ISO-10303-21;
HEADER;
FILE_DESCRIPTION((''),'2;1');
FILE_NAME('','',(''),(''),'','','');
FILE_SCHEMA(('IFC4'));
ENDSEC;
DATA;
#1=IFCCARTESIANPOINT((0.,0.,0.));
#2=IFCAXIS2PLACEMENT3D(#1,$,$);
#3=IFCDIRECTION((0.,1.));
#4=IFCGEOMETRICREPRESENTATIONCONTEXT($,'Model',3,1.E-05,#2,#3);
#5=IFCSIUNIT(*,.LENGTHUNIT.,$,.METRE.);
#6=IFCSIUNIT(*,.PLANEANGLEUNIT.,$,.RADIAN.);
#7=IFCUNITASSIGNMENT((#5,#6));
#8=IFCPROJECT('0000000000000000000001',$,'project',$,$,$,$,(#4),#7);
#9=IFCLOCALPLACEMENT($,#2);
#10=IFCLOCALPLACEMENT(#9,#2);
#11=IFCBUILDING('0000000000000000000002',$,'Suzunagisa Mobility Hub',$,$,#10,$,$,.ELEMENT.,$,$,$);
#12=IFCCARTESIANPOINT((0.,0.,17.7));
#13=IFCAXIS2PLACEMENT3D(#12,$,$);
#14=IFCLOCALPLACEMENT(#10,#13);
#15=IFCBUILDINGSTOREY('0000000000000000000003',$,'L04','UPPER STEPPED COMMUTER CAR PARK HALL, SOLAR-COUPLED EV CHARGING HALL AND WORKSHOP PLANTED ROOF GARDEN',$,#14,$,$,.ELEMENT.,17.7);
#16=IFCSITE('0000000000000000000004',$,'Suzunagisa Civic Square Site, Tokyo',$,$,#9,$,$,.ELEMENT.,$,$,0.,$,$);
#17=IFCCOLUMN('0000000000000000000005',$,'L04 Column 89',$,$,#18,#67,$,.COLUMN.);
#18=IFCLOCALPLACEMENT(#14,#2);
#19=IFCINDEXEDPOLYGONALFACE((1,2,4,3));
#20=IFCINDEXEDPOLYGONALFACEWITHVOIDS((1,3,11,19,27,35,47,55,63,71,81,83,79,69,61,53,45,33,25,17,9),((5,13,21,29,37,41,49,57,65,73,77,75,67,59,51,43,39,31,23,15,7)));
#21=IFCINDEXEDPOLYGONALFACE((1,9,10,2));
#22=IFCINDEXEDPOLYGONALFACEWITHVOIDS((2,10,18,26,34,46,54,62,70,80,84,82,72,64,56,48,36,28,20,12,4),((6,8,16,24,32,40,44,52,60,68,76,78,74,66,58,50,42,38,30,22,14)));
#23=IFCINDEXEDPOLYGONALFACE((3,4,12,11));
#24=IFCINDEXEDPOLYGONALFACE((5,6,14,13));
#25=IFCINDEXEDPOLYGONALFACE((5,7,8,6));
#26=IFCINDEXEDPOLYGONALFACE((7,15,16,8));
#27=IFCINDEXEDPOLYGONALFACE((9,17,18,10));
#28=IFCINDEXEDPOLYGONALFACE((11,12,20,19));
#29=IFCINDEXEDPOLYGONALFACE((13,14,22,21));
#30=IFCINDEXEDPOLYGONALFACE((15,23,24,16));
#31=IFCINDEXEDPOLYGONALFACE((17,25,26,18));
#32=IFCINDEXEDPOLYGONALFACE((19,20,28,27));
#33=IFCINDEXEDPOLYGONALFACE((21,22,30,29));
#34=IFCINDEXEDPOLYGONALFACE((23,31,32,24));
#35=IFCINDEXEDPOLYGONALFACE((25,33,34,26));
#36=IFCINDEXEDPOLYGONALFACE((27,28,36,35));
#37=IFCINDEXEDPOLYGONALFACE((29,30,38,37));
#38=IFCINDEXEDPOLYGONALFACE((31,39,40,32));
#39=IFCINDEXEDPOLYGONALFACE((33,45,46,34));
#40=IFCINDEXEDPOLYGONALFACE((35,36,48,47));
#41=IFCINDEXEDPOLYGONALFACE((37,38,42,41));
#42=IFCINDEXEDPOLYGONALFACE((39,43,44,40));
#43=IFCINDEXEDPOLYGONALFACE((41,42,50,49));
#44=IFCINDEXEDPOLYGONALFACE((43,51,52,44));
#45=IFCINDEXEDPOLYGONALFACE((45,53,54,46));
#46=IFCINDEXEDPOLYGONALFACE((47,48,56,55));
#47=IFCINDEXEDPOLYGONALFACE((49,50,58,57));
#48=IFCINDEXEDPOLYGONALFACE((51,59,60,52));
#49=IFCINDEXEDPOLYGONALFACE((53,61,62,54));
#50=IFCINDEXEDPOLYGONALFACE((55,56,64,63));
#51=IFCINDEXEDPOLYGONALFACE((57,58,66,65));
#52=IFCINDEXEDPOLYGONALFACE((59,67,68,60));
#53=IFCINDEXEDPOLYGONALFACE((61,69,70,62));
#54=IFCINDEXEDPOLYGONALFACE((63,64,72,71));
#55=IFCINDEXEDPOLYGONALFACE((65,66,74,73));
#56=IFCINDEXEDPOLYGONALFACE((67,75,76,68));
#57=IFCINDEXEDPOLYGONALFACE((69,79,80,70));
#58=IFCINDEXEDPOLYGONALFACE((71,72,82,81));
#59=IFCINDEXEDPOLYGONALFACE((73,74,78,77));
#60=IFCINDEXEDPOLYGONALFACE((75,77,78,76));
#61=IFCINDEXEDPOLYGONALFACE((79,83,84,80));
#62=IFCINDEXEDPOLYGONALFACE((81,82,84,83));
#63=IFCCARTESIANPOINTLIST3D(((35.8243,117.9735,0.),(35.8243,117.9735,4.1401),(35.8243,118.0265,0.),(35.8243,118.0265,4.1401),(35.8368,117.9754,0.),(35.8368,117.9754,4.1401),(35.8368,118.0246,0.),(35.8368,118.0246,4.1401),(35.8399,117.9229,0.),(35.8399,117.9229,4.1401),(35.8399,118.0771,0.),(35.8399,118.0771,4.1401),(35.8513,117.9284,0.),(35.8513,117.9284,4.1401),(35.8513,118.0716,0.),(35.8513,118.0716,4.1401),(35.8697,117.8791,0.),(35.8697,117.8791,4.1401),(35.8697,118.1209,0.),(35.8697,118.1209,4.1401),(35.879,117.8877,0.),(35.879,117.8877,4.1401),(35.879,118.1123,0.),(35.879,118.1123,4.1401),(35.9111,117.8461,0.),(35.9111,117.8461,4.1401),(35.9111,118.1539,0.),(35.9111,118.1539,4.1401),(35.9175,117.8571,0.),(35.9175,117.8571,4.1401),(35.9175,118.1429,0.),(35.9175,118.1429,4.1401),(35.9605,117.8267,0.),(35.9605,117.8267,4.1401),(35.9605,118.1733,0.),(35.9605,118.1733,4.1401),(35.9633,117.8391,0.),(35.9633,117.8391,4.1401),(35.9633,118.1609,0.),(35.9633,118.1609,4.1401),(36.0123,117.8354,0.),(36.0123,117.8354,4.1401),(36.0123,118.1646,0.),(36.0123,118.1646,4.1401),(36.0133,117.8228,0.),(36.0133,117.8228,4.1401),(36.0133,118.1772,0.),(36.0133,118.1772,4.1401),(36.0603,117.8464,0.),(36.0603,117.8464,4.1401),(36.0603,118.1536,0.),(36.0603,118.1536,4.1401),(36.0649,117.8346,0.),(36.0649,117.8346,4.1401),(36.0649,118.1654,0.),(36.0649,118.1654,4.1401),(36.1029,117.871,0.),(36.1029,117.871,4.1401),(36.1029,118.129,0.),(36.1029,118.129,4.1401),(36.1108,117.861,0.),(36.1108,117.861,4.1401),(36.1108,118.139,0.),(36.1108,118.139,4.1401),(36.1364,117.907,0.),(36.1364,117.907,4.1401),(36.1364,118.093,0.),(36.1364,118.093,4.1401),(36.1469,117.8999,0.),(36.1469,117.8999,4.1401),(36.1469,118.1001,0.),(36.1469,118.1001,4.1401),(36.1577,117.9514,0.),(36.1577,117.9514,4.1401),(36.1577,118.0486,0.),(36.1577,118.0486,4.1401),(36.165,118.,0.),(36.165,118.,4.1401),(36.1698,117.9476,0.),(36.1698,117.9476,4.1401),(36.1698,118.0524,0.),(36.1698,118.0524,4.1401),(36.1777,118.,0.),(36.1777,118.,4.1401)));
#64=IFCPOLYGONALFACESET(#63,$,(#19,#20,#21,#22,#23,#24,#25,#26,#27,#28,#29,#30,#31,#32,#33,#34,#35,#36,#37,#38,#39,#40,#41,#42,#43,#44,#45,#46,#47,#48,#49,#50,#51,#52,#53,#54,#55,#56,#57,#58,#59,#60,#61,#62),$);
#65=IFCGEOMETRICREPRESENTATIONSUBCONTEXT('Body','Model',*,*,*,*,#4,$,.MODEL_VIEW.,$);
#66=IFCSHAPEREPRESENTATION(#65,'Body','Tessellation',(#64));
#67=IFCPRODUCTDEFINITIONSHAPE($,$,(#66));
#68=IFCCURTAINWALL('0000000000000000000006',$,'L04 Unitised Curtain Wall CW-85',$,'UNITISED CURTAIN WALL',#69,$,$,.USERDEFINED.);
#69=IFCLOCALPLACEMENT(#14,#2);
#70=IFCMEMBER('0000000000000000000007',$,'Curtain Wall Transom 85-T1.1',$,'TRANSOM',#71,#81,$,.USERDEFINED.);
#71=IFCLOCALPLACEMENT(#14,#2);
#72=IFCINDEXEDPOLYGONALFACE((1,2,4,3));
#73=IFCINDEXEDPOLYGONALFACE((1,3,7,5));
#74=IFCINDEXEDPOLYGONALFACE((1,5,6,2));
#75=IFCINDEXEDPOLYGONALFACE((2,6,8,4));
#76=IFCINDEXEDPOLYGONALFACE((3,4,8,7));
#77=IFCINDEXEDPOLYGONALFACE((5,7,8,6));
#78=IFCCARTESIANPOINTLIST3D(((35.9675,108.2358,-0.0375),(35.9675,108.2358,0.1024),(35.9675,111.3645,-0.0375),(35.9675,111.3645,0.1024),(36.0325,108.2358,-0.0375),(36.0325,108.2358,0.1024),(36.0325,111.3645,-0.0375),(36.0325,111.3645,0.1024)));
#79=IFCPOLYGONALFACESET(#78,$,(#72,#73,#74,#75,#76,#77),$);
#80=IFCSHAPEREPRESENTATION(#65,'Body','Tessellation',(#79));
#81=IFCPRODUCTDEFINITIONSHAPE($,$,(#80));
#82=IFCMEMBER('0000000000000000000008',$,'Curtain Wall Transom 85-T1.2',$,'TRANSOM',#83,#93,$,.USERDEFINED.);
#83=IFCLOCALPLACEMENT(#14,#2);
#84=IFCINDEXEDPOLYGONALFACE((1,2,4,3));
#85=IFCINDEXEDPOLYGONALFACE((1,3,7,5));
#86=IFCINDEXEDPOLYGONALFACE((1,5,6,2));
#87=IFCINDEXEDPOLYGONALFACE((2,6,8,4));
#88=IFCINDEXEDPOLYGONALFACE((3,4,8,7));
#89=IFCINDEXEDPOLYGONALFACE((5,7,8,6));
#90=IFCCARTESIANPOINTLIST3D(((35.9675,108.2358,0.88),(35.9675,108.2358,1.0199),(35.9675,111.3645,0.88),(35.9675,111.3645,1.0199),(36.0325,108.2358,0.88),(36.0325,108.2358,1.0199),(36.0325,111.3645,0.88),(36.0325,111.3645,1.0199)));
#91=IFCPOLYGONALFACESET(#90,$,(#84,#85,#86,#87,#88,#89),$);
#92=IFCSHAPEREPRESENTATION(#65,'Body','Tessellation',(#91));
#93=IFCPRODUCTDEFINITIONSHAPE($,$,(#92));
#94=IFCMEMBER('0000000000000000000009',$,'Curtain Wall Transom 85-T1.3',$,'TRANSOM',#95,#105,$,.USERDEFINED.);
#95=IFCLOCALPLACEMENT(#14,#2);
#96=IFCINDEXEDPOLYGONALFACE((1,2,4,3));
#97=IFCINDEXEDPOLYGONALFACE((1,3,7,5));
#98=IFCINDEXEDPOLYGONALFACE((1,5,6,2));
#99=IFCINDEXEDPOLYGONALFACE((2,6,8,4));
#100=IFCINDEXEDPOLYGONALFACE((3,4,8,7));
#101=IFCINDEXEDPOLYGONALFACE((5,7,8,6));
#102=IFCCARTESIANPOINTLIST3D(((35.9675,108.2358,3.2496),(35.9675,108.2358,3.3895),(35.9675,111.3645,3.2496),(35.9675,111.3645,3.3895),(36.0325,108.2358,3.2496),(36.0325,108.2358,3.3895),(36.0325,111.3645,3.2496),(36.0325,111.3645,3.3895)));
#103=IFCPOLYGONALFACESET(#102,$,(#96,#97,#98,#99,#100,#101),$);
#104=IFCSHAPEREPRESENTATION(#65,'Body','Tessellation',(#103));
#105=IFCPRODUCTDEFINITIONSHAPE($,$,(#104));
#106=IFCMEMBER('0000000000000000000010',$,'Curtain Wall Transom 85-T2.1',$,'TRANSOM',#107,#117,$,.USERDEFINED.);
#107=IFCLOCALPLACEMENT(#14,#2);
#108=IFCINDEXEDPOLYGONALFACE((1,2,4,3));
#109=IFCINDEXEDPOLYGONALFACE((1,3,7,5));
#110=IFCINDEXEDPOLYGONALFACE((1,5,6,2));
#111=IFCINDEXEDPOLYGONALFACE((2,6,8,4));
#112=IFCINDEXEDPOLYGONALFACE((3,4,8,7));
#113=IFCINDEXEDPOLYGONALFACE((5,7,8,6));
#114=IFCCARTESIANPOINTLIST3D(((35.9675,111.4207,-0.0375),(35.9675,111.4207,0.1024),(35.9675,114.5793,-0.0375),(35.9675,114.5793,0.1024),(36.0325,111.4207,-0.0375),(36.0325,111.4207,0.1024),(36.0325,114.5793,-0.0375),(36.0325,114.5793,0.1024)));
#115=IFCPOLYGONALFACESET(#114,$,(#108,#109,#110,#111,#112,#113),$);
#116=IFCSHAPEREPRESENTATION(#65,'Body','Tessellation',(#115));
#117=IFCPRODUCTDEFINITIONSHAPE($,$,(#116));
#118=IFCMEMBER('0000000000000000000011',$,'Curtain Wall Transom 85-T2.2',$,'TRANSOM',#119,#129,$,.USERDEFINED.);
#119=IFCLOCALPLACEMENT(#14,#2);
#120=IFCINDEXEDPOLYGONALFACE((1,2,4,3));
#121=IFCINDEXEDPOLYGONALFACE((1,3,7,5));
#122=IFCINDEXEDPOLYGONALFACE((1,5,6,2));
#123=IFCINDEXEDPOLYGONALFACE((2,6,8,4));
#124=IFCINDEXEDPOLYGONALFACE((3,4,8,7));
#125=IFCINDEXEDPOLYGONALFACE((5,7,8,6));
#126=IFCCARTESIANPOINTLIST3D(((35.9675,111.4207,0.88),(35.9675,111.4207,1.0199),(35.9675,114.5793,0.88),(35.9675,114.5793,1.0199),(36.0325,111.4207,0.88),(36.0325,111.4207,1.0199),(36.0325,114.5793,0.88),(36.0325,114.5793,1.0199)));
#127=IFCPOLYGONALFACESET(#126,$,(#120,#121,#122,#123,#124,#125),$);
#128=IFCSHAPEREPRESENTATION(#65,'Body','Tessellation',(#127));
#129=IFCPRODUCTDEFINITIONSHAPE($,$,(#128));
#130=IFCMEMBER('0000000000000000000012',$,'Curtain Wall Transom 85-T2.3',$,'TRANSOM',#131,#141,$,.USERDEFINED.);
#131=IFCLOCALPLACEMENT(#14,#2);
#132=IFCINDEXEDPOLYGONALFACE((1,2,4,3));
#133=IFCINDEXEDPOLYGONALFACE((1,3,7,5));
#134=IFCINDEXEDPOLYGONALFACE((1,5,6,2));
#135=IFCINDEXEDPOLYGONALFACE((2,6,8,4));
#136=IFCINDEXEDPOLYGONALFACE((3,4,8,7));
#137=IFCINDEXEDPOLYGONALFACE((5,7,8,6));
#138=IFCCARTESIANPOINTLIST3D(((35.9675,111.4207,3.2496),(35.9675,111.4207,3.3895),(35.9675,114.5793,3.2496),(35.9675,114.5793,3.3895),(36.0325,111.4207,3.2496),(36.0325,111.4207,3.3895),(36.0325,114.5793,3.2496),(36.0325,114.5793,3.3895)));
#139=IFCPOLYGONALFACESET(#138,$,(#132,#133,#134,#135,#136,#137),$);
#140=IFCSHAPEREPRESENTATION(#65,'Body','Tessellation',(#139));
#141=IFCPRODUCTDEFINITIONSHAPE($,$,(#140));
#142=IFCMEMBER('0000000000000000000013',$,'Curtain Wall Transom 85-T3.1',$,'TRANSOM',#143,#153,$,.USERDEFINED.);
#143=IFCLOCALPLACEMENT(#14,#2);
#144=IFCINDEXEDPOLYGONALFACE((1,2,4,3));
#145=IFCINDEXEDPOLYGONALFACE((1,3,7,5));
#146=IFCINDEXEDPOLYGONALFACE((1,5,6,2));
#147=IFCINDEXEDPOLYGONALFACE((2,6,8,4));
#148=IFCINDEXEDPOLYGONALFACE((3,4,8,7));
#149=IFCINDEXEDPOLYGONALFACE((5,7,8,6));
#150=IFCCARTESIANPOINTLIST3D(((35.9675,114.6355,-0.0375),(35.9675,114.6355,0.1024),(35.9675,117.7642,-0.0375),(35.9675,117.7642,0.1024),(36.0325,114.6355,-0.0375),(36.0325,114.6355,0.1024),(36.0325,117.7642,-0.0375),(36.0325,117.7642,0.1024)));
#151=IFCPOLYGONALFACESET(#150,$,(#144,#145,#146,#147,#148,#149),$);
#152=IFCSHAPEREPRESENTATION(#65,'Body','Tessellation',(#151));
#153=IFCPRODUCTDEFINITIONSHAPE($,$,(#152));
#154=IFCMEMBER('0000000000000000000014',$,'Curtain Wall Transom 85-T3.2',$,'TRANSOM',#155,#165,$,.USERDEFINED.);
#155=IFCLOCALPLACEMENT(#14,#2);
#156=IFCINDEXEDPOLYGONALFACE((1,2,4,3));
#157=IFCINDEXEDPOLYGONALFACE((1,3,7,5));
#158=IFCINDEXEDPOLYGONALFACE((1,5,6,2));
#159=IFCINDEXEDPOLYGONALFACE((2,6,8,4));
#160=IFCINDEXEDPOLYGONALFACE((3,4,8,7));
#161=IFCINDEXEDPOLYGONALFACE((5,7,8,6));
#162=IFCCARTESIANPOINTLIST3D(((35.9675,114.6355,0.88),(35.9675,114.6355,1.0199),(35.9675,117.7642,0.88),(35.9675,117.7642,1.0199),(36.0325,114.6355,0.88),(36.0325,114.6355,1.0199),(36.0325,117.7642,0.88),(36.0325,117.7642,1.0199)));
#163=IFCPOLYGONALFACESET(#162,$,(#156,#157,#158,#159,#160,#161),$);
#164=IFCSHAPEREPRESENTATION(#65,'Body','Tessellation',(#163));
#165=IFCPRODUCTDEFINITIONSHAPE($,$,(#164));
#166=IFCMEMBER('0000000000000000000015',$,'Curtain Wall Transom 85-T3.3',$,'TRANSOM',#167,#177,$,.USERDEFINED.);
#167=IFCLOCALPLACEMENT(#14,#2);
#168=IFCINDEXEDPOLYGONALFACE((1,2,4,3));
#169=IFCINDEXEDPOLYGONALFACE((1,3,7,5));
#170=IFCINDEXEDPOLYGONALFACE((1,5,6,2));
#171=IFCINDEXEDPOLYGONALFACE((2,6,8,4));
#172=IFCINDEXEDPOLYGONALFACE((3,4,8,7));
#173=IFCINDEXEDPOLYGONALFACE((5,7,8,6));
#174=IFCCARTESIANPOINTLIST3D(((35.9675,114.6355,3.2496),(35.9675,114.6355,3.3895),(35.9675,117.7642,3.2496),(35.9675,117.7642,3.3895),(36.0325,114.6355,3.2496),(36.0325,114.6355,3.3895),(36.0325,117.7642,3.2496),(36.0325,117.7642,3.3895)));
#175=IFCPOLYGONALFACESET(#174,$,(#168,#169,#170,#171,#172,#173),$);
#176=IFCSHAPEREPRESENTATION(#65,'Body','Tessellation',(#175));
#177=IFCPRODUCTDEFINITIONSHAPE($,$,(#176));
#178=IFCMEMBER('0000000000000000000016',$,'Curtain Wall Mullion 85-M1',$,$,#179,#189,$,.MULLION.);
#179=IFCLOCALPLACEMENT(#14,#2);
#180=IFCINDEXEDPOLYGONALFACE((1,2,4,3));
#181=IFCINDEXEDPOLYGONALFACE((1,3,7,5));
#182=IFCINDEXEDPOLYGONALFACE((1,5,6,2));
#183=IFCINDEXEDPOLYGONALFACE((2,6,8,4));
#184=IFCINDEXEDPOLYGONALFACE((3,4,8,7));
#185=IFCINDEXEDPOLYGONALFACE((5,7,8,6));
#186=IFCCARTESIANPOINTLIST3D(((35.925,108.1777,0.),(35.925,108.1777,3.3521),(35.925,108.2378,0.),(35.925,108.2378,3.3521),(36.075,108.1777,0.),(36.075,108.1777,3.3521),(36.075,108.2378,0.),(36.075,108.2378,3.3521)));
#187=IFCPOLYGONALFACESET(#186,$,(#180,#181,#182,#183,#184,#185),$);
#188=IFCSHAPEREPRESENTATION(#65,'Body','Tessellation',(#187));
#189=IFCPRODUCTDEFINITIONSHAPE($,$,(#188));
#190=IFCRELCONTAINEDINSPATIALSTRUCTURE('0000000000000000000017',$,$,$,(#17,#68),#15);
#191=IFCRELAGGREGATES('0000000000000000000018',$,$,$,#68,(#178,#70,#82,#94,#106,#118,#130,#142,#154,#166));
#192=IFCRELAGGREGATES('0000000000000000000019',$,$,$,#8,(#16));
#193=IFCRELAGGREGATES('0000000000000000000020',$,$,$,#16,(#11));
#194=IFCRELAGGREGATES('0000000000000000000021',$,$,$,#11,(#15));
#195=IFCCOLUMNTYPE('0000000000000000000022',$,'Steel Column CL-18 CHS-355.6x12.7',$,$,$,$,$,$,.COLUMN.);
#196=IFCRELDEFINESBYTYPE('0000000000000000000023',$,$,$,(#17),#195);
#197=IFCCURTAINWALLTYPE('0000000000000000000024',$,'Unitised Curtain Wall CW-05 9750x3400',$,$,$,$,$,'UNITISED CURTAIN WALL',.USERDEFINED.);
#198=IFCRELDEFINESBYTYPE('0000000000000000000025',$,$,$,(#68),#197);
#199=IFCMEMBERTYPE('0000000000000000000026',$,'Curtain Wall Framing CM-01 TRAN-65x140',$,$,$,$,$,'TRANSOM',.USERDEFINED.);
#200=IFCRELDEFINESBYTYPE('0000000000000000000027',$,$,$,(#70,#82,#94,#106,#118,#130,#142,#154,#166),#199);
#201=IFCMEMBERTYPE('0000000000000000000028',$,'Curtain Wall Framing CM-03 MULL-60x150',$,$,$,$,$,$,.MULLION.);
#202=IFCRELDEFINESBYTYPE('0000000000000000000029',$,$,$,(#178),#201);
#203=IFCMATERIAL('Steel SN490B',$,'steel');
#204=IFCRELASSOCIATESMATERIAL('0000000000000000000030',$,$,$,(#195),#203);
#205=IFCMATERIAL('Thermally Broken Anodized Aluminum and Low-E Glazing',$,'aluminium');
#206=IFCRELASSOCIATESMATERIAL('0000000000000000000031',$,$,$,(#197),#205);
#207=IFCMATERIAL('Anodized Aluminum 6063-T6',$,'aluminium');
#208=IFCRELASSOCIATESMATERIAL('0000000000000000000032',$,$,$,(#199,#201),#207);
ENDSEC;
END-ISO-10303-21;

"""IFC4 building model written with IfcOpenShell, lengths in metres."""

from ifc_helpers import new_model, si_unit, direction, frame, origin, origin_2d, place, context, subcontext, project, spatial, rectangle, hollow_circle, extrude, material, material_profile, profile_set, type_object, element, aggregate, save


model = new_model("IFC4")

# Units and contexts
model_context = context("Model", 3, precision=1e-05, world=origin(), true_north=direction((0.0, 1.0)))
body_context = subcontext(model_context, "Body", "Model", "MODEL_VIEW")
ifc_project = project(units=[si_unit("LENGTHUNIT", "METRE"), si_unit("PLANEANGLEUNIT", "RADIAN")], contexts=[model_context])

# Site, building, storey
site_placement = place(None, origin())
site = spatial("IfcSite", under=ifc_project, at=site_placement, Name="Suzunagisa Civic Square Site, Tokyo", CompositionType="ELEMENT", RefElevation=0.0)
building_placement = place(site_placement, origin())
building = spatial("IfcBuilding", under=site, at=building_placement, Name="Suzunagisa Mobility Hub", CompositionType="ELEMENT")
storey_placement = place(building_placement, frame((0.0, 0.0, 17.7)))
storey = spatial("IfcBuildingStorey", under=building, at=storey_placement, Name="L04", Description="UPPER STEPPED COMMUTER CAR PARK HALL, SOLAR-COUPLED EV CHARGING HALL AND WORKSHOP PLANTED ROOF GARDEN", CompositionType="ELEMENT", Elevation=17.7)

# Column
ifc_material_1 = material(Name="Steel SN490B", Category="steel")
ifc_material_profile_1 = material_profile(ifc_material_1, hollow_circle(Radius=0.1777, WallThickness=0.0127, at=origin_2d()), Name="CHS-355.6x12.7")
ifc_profile_set_1 = profile_set([ifc_material_profile_1], Name="Steel SN490B")
column_type = type_object("IfcColumnType", Name="Steel Column CL-18 CHS-355.6x12.7", PredefinedType="COLUMN", material=ifc_profile_set_1)
column_placement = place(storey_placement, frame((36.0, 118.0, 0.0), z_axis=(0.0, 0.0, 1.0), x_axis=(1.0, 0.0, 0.0)))
element("IfcColumn", 1, at=column_placement, inside=storey, type_object=column_type, Name="L04 Column 89", PredefinedType="COLUMN", context=body_context, shape_type="SweptSolid", body=[
    extrude(hollow_circle(Radius=0.1777, WallThickness=0.0127, at=origin_2d()), origin(), (0.0, 0.0, 1.0), 4.1401),
])

# Curtain wall, members
ifc_material_2 = material(Name="Thermally Broken Anodized Aluminum and Low-E Glazing", Category="aluminium")
curtain_wall_type = type_object("IfcCurtainWallType", Name="Unitised Curtain Wall CW-05 9750x3400", ElementType="UNITISED CURTAIN WALL", PredefinedType="USERDEFINED", material=ifc_material_2)
curtain_wall_placement = place(storey_placement, origin())
curtain_wall = element("IfcCurtainWall", 2, at=curtain_wall_placement, inside=storey, type_object=curtain_wall_type, Name="L04 Unitised Curtain Wall CW-85", ObjectType="UNITISED CURTAIN WALL", PredefinedType="USERDEFINED")
ifc_material_3 = material(Name="Anodized Aluminum 6063-T6", Category="aluminium")
ifc_material_profile_2 = material_profile(ifc_material_3, rectangle(XDim=0.0649, YDim=0.1399, at=origin_2d()), Name="TRAN-65x140")
ifc_profile_set_2 = profile_set([ifc_material_profile_2], Name="Anodized Aluminum 6063-T6")
member_type_1 = type_object("IfcMemberType", Name="Curtain Wall Framing CM-01 TRAN-65x140", ElementType="TRANSOM", PredefinedType="USERDEFINED", material=ifc_profile_set_2)
member_1_placement = place(storey_placement, frame((36.0, 108.2358, 0.0325), z_axis=(0.0, 1.0, 0.0), x_axis=(-1.0, 0.0, 0.0)))
member_1 = element("IfcMember", 3, at=member_1_placement, type_object=member_type_1, Name="Curtain Wall Transom 85-T1.1", ObjectType="TRANSOM", PredefinedType="USERDEFINED", context=body_context, shape_type="SweptSolid", body=[
    extrude(rectangle(XDim=0.0649, YDim=0.1399, at=origin_2d()), origin(), (0.0, 0.0, 1.0), 3.1287),
])
member_2_placement = place(storey_placement, frame((36.0, 108.2358, 0.95), z_axis=(0.0, 1.0, 0.0), x_axis=(-1.0, 0.0, 0.0)))
member_2 = element("IfcMember", 4, at=member_2_placement, type_object=member_type_1, Name="Curtain Wall Transom 85-T1.2", ObjectType="TRANSOM", PredefinedType="USERDEFINED", context=body_context, shape_type="SweptSolid", body=[
    extrude(rectangle(XDim=0.0649, YDim=0.1399, at=origin_2d()), origin(), (0.0, 0.0, 1.0), 3.1287),
])
member_3_placement = place(storey_placement, frame((36.0, 108.2358, 3.3196), z_axis=(0.0, 1.0, 0.0), x_axis=(-1.0, 0.0, 0.0)))
member_3 = element("IfcMember", 5, at=member_3_placement, type_object=member_type_1, Name="Curtain Wall Transom 85-T1.3", ObjectType="TRANSOM", PredefinedType="USERDEFINED", context=body_context, shape_type="SweptSolid", body=[
    extrude(rectangle(XDim=0.0649, YDim=0.1399, at=origin_2d()), origin(), (0.0, 0.0, 1.0), 3.1287),
])
member_4_placement = place(storey_placement, frame((36.0, 111.4207, 0.0325), z_axis=(0.0, 1.0, 0.0), x_axis=(-1.0, 0.0, 0.0)))
member_4 = element("IfcMember", 6, at=member_4_placement, type_object=member_type_1, Name="Curtain Wall Transom 85-T2.1", ObjectType="TRANSOM", PredefinedType="USERDEFINED", context=body_context, shape_type="SweptSolid", body=[
    extrude(rectangle(XDim=0.0649, YDim=0.1399, at=origin_2d()), origin(), (0.0, 0.0, 1.0), 3.1587),
])
member_5_placement = place(storey_placement, frame((36.0, 111.4207, 0.95), z_axis=(0.0, 1.0, 0.0), x_axis=(-1.0, 0.0, 0.0)))
member_5 = element("IfcMember", 7, at=member_5_placement, type_object=member_type_1, Name="Curtain Wall Transom 85-T2.2", ObjectType="TRANSOM", PredefinedType="USERDEFINED", context=body_context, shape_type="SweptSolid", body=[
    extrude(rectangle(XDim=0.0649, YDim=0.1399, at=origin_2d()), origin(), (0.0, 0.0, 1.0), 3.1587),
])
member_6_placement = place(storey_placement, frame((36.0, 111.4207, 3.3196), z_axis=(0.0, 1.0, 0.0), x_axis=(-1.0, 0.0, 0.0)))
member_6 = element("IfcMember", 8, at=member_6_placement, type_object=member_type_1, Name="Curtain Wall Transom 85-T2.3", ObjectType="TRANSOM", PredefinedType="USERDEFINED", context=body_context, shape_type="SweptSolid", body=[
    extrude(rectangle(XDim=0.0649, YDim=0.1399, at=origin_2d()), origin(), (0.0, 0.0, 1.0), 3.1587),
])
member_7_placement = place(storey_placement, frame((36.0, 114.6355, 0.0325), z_axis=(0.0, 1.0, 0.0), x_axis=(-1.0, 0.0, 0.0)))
member_7 = element("IfcMember", 9, at=member_7_placement, type_object=member_type_1, Name="Curtain Wall Transom 85-T3.1", ObjectType="TRANSOM", PredefinedType="USERDEFINED", context=body_context, shape_type="SweptSolid", body=[
    extrude(rectangle(XDim=0.0649, YDim=0.1399, at=origin_2d()), origin(), (0.0, 0.0, 1.0), 3.1287),
])
member_8_placement = place(storey_placement, frame((36.0, 114.6355, 0.95), z_axis=(0.0, 1.0, 0.0), x_axis=(-1.0, 0.0, 0.0)))
member_8 = element("IfcMember", 10, at=member_8_placement, type_object=member_type_1, Name="Curtain Wall Transom 85-T3.2", ObjectType="TRANSOM", PredefinedType="USERDEFINED", context=body_context, shape_type="SweptSolid", body=[
    extrude(rectangle(XDim=0.0649, YDim=0.1399, at=origin_2d()), origin(), (0.0, 0.0, 1.0), 3.1287),
])
member_9_placement = place(storey_placement, frame((36.0, 114.6355, 3.3196), z_axis=(0.0, 1.0, 0.0), x_axis=(-1.0, 0.0, 0.0)))
member_9 = element("IfcMember", 11, at=member_9_placement, type_object=member_type_1, Name="Curtain Wall Transom 85-T3.3", ObjectType="TRANSOM", PredefinedType="USERDEFINED", context=body_context, shape_type="SweptSolid", body=[
    extrude(rectangle(XDim=0.0649, YDim=0.1399, at=origin_2d()), origin(), (0.0, 0.0, 1.0), 3.1287),
])
ifc_material_profile_3 = material_profile(ifc_material_3, rectangle(XDim=0.0601, YDim=0.1499, at=origin_2d()), Name="MULL-60x150")
ifc_profile_set_3 = profile_set([ifc_material_profile_3], Name="Anodized Aluminum 6063-T6")
member_type_2 = type_object("IfcMemberType", Name="Curtain Wall Framing CM-03 MULL-60x150", PredefinedType="MULLION", material=ifc_profile_set_3)
member_10_placement = place(storey_placement, frame((36.0, 108.2078, 0.0), z_axis=(0.0, 0.0, 1.0), x_axis=(0.0, 1.0, 0.0)))
member_10 = element("IfcMember", 12, at=member_10_placement, type_object=member_type_2, Name="Curtain Wall Mullion 85-M1", PredefinedType="MULLION", context=body_context, shape_type="SweptSolid", body=[
    extrude(rectangle(XDim=0.0601, YDim=0.1499, at=origin_2d()), origin(), (0.0, 0.0, 1.0), 3.3521),
])

aggregate(curtain_wall, [member_10, member_1, member_2, member_3, member_4, member_5, member_6, member_7, member_8, member_9])

save(model, "model.ifc")
